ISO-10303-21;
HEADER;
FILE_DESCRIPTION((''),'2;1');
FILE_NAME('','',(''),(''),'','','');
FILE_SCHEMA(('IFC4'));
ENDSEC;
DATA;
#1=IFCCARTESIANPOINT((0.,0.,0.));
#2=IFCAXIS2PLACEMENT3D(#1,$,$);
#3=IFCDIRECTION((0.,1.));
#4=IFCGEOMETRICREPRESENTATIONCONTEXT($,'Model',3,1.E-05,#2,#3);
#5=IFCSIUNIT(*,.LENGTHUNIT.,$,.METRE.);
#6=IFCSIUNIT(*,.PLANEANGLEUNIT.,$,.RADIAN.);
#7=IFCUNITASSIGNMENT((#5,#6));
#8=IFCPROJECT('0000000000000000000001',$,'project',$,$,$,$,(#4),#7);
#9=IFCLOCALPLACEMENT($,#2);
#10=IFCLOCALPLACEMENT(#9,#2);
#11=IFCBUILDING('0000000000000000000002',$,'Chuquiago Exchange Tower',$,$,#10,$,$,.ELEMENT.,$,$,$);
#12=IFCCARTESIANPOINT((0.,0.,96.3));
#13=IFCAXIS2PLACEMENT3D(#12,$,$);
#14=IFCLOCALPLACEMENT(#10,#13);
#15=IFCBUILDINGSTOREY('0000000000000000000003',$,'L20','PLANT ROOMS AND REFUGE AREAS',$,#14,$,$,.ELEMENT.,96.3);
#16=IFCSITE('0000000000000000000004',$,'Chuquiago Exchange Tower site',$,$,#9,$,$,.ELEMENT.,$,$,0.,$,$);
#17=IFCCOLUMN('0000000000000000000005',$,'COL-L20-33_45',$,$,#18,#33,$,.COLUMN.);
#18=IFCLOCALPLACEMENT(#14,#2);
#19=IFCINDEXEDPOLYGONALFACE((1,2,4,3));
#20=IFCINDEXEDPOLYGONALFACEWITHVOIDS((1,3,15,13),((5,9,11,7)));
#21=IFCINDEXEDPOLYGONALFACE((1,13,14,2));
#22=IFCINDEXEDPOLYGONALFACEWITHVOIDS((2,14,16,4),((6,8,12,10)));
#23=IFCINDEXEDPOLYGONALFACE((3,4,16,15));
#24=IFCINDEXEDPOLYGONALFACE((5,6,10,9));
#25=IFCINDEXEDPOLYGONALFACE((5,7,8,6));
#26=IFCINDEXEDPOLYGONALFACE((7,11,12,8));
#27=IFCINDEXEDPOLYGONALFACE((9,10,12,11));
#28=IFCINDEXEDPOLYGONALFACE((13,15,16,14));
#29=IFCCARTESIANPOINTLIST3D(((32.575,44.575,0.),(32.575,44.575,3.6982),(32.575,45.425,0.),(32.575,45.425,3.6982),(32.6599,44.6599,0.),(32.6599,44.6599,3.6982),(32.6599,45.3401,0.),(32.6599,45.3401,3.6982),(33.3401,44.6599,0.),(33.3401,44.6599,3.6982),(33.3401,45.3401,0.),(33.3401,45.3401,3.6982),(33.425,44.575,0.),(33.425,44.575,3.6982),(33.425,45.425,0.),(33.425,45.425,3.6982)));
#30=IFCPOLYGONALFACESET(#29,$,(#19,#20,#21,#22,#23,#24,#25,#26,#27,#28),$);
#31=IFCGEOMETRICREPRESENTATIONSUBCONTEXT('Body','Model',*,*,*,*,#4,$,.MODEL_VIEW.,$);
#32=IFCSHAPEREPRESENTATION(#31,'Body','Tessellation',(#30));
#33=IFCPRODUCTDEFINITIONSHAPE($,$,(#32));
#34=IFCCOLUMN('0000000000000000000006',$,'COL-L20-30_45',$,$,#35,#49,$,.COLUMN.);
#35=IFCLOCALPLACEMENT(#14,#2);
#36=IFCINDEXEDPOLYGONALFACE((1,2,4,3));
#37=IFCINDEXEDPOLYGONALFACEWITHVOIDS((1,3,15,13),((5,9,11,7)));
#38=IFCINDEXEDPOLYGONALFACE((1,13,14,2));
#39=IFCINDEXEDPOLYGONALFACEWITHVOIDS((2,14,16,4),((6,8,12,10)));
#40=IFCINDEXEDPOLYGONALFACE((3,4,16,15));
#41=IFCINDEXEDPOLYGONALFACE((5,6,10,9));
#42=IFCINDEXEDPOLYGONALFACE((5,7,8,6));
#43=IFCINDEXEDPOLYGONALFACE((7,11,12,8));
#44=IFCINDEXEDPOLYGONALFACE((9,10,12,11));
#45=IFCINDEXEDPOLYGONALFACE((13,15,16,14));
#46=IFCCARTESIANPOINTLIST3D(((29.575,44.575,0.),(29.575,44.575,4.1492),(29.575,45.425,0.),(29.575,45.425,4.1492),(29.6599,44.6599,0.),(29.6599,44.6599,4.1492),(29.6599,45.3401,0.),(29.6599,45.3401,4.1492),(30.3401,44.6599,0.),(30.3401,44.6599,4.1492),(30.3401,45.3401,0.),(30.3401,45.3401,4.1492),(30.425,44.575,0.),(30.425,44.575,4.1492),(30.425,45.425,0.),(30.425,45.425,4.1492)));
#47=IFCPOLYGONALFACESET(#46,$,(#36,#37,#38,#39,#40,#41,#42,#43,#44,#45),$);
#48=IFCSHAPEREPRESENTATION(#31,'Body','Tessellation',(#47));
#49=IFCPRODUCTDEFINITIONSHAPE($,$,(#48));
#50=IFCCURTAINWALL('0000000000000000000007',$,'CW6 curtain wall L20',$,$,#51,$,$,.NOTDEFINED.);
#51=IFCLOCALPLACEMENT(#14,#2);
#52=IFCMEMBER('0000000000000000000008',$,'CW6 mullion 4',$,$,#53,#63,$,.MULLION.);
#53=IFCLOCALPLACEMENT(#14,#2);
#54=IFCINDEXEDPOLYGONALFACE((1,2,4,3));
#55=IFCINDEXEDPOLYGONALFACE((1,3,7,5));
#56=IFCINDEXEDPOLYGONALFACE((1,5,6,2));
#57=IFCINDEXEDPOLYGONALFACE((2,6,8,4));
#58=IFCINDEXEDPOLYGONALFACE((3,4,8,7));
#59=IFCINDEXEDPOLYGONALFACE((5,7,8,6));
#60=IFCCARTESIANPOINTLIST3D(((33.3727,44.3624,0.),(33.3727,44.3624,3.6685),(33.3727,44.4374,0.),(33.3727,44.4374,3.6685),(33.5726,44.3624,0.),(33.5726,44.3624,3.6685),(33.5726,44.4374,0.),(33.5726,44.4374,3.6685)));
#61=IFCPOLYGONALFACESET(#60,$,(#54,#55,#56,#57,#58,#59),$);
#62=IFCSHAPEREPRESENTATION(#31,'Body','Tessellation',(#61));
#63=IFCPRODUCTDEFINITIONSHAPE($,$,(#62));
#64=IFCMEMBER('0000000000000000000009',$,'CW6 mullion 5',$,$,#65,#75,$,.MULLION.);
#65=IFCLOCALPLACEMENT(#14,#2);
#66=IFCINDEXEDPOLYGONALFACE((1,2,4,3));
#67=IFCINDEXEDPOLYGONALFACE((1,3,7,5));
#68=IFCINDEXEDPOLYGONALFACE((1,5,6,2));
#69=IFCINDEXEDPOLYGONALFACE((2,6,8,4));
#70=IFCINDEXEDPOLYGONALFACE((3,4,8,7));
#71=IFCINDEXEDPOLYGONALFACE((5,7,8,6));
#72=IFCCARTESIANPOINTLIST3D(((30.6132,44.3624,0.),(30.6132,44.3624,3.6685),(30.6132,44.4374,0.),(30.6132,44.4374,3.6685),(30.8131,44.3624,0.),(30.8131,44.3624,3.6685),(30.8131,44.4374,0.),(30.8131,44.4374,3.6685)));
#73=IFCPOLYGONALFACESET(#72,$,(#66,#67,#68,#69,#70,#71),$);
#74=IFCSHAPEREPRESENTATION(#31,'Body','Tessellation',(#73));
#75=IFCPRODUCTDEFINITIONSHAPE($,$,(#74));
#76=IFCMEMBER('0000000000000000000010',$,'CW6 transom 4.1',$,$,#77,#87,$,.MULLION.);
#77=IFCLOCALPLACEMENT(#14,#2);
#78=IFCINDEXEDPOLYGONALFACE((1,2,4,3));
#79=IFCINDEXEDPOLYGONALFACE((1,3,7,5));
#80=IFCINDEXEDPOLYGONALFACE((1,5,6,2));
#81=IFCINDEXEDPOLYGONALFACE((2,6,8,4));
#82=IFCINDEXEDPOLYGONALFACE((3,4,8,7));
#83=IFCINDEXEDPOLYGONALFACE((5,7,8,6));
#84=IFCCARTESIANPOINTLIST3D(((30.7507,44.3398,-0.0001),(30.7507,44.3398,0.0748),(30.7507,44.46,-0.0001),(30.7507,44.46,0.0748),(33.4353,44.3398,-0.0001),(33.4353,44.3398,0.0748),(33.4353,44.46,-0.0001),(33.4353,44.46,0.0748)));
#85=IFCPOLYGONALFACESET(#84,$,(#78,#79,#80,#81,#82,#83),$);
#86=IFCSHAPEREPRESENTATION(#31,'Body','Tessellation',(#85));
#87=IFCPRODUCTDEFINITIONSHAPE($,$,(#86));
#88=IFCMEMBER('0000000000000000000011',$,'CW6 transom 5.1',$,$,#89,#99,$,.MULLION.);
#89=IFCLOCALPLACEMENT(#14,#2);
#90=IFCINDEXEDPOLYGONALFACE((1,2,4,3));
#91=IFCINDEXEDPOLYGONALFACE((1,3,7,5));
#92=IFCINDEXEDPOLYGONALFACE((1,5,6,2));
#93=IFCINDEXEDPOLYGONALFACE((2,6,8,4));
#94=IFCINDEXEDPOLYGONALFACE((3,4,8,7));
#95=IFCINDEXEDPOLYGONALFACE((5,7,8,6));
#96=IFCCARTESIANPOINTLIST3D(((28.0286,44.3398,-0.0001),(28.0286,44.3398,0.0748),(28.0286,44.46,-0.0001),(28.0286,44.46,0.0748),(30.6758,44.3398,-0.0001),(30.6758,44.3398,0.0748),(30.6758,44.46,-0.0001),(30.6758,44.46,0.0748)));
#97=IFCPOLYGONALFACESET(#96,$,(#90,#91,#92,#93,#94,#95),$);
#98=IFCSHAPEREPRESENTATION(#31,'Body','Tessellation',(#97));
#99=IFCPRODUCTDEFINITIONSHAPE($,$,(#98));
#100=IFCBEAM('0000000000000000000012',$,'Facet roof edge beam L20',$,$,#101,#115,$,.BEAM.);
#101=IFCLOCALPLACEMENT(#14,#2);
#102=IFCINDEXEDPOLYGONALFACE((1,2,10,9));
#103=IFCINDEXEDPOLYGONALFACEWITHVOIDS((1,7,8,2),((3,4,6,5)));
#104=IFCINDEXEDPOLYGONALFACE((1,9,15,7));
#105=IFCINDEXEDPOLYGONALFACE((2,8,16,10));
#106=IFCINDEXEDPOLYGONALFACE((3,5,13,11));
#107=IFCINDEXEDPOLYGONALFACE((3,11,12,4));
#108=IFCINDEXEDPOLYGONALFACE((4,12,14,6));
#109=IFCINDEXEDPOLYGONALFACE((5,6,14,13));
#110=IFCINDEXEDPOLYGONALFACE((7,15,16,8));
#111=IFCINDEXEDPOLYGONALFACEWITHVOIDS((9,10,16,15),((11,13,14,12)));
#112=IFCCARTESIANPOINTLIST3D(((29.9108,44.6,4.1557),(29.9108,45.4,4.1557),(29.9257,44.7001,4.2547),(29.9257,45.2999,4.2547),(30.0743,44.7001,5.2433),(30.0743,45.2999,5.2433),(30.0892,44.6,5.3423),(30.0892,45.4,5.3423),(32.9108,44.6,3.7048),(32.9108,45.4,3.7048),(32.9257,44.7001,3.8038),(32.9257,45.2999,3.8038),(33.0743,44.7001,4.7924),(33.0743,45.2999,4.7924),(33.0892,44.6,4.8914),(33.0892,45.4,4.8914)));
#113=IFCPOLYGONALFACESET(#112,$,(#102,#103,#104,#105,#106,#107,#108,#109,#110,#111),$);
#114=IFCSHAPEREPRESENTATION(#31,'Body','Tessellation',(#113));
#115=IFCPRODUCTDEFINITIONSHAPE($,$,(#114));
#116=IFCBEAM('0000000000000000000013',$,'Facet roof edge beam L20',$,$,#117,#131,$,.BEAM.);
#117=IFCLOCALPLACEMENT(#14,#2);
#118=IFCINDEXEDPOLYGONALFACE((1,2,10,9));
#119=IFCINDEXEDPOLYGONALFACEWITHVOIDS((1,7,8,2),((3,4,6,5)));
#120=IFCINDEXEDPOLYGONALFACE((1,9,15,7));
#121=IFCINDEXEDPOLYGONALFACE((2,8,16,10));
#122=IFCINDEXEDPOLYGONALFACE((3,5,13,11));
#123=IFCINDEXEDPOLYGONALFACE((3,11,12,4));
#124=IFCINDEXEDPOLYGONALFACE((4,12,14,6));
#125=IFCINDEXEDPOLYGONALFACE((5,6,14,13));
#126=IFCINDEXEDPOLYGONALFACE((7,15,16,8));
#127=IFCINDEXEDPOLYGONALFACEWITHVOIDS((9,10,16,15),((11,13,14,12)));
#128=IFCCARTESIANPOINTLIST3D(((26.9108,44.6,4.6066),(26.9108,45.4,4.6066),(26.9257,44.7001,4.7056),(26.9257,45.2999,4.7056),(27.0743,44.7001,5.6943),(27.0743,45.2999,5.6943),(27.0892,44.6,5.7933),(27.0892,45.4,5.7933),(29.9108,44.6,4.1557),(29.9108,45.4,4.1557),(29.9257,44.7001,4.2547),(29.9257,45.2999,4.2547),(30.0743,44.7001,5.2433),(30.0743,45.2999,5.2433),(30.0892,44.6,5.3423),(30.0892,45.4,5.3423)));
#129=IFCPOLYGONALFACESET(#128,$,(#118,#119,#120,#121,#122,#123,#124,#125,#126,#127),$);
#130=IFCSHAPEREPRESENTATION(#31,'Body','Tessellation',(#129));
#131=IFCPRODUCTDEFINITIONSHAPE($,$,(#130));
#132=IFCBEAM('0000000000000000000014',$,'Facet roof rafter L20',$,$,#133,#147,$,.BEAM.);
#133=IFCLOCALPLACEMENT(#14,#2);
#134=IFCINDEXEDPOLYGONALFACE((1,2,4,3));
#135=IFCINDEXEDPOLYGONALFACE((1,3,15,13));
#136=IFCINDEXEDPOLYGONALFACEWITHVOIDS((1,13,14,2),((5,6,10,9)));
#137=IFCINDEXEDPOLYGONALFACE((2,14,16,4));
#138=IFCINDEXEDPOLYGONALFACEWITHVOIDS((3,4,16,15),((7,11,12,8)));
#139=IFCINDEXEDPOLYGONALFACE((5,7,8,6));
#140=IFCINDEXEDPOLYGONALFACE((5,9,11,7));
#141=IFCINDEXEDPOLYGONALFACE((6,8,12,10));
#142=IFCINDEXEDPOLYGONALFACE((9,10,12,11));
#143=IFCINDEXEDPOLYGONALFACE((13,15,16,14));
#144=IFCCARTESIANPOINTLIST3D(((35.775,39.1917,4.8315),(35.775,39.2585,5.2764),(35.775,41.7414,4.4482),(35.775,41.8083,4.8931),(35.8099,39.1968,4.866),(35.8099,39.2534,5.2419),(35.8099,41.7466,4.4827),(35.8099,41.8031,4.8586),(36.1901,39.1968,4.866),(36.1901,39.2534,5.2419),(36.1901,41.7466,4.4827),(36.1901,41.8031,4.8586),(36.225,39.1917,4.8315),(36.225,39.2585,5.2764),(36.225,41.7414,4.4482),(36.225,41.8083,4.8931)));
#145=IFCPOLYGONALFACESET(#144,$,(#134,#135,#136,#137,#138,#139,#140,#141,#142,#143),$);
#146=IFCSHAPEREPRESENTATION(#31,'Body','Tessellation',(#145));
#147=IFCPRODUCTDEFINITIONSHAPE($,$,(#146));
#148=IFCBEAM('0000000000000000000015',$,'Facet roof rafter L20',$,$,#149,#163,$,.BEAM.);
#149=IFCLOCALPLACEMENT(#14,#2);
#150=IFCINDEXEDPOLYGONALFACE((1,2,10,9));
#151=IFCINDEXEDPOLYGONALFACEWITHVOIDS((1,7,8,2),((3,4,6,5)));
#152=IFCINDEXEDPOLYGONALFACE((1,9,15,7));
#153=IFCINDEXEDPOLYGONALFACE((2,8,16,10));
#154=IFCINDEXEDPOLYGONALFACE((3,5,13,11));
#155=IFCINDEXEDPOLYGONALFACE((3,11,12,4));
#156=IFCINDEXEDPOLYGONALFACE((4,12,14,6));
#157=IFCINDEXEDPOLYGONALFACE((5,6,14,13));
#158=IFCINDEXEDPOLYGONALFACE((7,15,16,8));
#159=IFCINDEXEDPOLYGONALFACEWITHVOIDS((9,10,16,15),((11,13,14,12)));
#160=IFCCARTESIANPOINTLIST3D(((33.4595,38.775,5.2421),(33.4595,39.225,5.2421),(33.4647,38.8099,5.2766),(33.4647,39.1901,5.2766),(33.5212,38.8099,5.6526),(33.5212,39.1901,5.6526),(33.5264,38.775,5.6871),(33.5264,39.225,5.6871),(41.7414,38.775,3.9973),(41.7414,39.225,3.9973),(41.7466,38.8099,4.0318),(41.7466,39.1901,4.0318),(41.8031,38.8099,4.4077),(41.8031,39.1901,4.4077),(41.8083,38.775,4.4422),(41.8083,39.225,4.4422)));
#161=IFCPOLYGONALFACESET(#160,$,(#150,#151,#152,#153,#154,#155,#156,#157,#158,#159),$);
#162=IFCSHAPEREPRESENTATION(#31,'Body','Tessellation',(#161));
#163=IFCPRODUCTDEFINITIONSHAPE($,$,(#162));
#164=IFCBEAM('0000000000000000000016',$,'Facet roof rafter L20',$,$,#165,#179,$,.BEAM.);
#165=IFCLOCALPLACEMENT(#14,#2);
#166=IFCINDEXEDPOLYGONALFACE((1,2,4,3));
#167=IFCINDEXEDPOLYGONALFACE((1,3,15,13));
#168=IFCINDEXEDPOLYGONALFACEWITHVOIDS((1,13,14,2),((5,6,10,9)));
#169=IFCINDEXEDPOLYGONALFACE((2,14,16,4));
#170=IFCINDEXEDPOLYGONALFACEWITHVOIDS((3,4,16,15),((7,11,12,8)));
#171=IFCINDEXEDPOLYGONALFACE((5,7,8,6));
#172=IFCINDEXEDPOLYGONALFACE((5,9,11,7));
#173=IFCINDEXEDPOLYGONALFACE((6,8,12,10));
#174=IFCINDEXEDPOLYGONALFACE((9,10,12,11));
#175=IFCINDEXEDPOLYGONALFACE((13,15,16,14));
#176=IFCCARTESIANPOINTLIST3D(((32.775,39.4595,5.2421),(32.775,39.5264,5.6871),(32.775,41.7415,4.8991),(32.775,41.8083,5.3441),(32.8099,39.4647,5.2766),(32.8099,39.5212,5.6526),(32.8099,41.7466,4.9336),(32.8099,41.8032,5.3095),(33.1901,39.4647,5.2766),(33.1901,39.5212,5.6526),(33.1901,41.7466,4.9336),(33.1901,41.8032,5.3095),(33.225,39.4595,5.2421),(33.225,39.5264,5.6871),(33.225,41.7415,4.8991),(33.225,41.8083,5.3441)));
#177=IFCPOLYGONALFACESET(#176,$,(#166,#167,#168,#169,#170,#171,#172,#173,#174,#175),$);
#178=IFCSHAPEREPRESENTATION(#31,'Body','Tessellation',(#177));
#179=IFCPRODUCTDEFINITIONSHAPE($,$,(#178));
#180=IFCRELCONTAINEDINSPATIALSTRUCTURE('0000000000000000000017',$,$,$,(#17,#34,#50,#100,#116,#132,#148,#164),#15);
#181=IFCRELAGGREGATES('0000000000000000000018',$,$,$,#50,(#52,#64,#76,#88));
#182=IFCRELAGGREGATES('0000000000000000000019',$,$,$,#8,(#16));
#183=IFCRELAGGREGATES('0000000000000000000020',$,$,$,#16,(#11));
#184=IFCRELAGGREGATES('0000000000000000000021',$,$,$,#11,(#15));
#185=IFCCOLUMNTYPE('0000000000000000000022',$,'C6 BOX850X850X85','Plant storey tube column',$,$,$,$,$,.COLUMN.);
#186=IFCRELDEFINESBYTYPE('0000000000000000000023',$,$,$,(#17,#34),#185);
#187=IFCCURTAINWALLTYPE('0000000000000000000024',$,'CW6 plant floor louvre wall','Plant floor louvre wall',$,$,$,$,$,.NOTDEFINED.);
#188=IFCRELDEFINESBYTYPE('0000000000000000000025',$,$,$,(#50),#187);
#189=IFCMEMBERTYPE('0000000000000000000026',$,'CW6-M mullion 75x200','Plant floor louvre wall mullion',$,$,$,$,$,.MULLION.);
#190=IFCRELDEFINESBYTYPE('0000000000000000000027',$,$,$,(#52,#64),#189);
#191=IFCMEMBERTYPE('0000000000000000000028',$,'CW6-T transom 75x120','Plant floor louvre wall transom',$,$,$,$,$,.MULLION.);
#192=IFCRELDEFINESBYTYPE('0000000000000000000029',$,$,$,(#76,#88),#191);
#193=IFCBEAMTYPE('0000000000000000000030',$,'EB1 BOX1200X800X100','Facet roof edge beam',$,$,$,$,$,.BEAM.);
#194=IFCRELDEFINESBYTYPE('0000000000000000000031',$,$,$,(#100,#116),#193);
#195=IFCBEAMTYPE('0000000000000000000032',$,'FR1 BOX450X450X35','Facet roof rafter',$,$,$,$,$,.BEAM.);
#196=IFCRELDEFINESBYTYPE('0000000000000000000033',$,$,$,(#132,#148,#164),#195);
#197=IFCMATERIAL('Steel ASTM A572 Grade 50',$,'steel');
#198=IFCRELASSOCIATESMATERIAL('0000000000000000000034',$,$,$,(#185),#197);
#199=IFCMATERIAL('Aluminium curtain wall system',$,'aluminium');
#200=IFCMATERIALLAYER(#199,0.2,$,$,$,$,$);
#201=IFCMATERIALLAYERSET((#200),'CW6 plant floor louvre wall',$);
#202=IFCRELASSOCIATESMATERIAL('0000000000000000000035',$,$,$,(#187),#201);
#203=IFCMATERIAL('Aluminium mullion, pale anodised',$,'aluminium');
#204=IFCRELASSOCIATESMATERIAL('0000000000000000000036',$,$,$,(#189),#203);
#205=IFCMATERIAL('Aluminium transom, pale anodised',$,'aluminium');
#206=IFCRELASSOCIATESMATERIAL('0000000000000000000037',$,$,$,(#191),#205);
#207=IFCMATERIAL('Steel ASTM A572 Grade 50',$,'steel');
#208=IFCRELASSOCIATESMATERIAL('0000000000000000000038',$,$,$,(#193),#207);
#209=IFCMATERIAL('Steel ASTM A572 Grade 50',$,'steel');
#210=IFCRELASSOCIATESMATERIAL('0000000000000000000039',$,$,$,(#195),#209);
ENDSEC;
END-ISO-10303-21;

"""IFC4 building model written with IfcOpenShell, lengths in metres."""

from ifc_helpers import new_model, si_unit, direction, frame, origin, origin_2d, place, context, subcontext, project, spatial, rectangle, hollow_rectangle, extrude, material, layer, layer_set, material_profile, profile_set, type_object, element, aggregate, save


model = new_model("IFC4")

# Units and contexts
model_context = context("Model", 3, precision=1e-05, world=origin(), true_north=direction((0.0, 1.0)))
body_context = subcontext(model_context, "Body", "Model", "MODEL_VIEW")
ifc_project = project(units=[si_unit("LENGTHUNIT", "METRE"), si_unit("PLANEANGLEUNIT", "RADIAN")], contexts=[model_context])

# Site, building, storey
site_placement = place(None, origin())
site = spatial("IfcSite", under=ifc_project, at=site_placement, Name="Chuquiago Exchange Tower site", CompositionType="ELEMENT", RefElevation=0.0)
building_placement = place(site_placement, origin())
building = spatial("IfcBuilding", under=site, at=building_placement, Name="Chuquiago Exchange Tower", CompositionType="ELEMENT")
storey_placement = place(building_placement, frame((0.0, 0.0, 96.3)))
storey = spatial("IfcBuildingStorey", under=building, at=storey_placement, Name="L20", Description="PLANT ROOMS AND REFUGE AREAS", CompositionType="ELEMENT", Elevation=96.3)

# Columns
ifc_material_1 = material(Name="Steel ASTM A572 Grade 50", Category="steel")
ifc_material_profile_1 = material_profile(ifc_material_1, hollow_rectangle(XDim=0.8501, YDim=0.8501, WallThickness=0.085, at=origin_2d()), Name="BOX850X850X85")
ifc_profile_set_1 = profile_set([ifc_material_profile_1], Name="Steel ASTM A572 Grade 50")
column_type = type_object("IfcColumnType", Name="C6 BOX850X850X85", Description="Plant storey tube column", PredefinedType="COLUMN", material=ifc_profile_set_1)
column_1_placement = place(storey_placement, frame((33.0, 45.0, 0.0), z_axis=(0.0, 0.0, 1.0), x_axis=(0.0, 1.0, 0.0)))
element("IfcColumn", 1, at=column_1_placement, inside=storey, type_object=column_type, Name="COL-L20-33_45", PredefinedType="COLUMN", context=body_context, shape_type="SweptSolid", body=[
    extrude(hollow_rectangle(XDim=0.8501, YDim=0.8501, WallThickness=0.085, at=origin_2d()), origin(), (0.0, 0.0, 1.0), 3.6982),
])
column_2_placement = place(storey_placement, frame((30.0, 45.0, 0.0), z_axis=(0.0, 0.0, 1.0), x_axis=(0.0, 1.0, 0.0)))
element("IfcColumn", 2, at=column_2_placement, inside=storey, type_object=column_type, Name="COL-L20-30_45", PredefinedType="COLUMN", context=body_context, shape_type="SweptSolid", body=[
    extrude(hollow_rectangle(XDim=0.8501, YDim=0.8501, WallThickness=0.085, at=origin_2d()), origin(), (0.0, 0.0, 1.0), 4.1492),
])

# Curtain wall, members
ifc_material_2 = material(Name="Aluminium curtain wall system", Category="aluminium")
ifc_layer_1 = layer(ifc_material_2, 0.2)
ifc_layer_set_1 = layer_set([ifc_layer_1], Name="CW6 plant floor louvre wall")
curtain_wall_type = type_object("IfcCurtainWallType", Name="CW6 plant floor louvre wall", Description="Plant floor louvre wall", PredefinedType="NOTDEFINED", material=ifc_layer_set_1)
curtain_wall_placement = place(storey_placement, origin())
curtain_wall = element("IfcCurtainWall", 3, at=curtain_wall_placement, inside=storey, type_object=curtain_wall_type, Name="CW6 curtain wall L20", PredefinedType="NOTDEFINED")
ifc_material_3 = material(Name="Aluminium mullion, pale anodised", Category="aluminium")
ifc_material_profile_2 = material_profile(ifc_material_3, rectangle(XDim=0.075, YDim=0.2, at=origin_2d()), Name="AL 75x200")
ifc_profile_set_2 = profile_set([ifc_material_profile_2], Name="Aluminium mullion, pale anodised")
member_type_1 = type_object("IfcMemberType", Name="CW6-M mullion 75x200", Description="Plant floor louvre wall mullion", PredefinedType="MULLION", material=ifc_profile_set_2)
member_1_placement = place(storey_placement, frame((33.4727, 44.3999, 0.0), z_axis=(0.0, 0.0, 1.0), x_axis=(0.0, -1.0, 0.0)))
member_1 = element("IfcMember", 4, at=member_1_placement, type_object=member_type_1, Name="CW6 mullion 4", PredefinedType="MULLION", context=body_context, shape_type="SweptSolid", body=[
    extrude(rectangle(XDim=0.075, YDim=0.2, at=origin_2d()), origin(), (0.0, 0.0, 1.0), 3.6685),
])
member_2_placement = place(storey_placement, frame((30.7131, 44.3999, 0.0), z_axis=(0.0, 0.0, 1.0), x_axis=(0.0, -1.0, 0.0)))
member_2 = element("IfcMember", 5, at=member_2_placement, type_object=member_type_1, Name="CW6 mullion 5", PredefinedType="MULLION", context=body_context, shape_type="SweptSolid", body=[
    extrude(rectangle(XDim=0.075, YDim=0.2, at=origin_2d()), origin(), (0.0, 0.0, 1.0), 3.6685),
])
ifc_material_4 = material(Name="Aluminium transom, pale anodised", Category="aluminium")
ifc_material_profile_3 = material_profile(ifc_material_4, rectangle(XDim=0.1201, YDim=0.075, at=origin_2d()), Name="AL 120x75")
ifc_profile_set_3 = profile_set([ifc_material_profile_3], Name="Aluminium transom, pale anodised")
member_type_2 = type_object("IfcMemberType", Name="CW6-T transom 75x120", Description="Plant floor louvre wall transom", PredefinedType="MULLION", material=ifc_profile_set_3)
member_3_placement = place(storey_placement, frame((33.4353, 44.3999, 0.0374), z_axis=(-1.0, 0.0, 0.0), x_axis=(0.0, -1.0, 0.0)))
member_3 = element("IfcMember", 6, at=member_3_placement, type_object=member_type_2, Name="CW6 transom 4.1", PredefinedType="MULLION", context=body_context, shape_type="SweptSolid", body=[
    extrude(rectangle(XDim=0.1201, YDim=0.075, at=origin_2d()), origin(), (0.0, 0.0, 1.0), 2.6846),
])
member_4_placement = place(storey_placement, frame((30.6758, 44.3999, 0.0374), z_axis=(-1.0, 0.0, 0.0), x_axis=(0.0, -1.0, 0.0)))
member_4 = element("IfcMember", 7, at=member_4_placement, type_object=member_type_2, Name="CW6 transom 5.1", PredefinedType="MULLION", context=body_context, shape_type="SweptSolid", body=[
    extrude(rectangle(XDim=0.1201, YDim=0.075, at=origin_2d()), origin(), (0.0, 0.0, 1.0), 2.6472),
])

# Beams
ifc_material_5 = material(Name="Steel ASTM A572 Grade 50", Category="steel")
ifc_material_profile_4 = material_profile(ifc_material_5, hollow_rectangle(XDim=0.8, YDim=1.2, WallThickness=0.1001, at=origin_2d()), Name="BOX1200X800X100")
ifc_profile_set_4 = profile_set([ifc_material_profile_4], Name="Steel ASTM A572 Grade 50")
beam_type_1 = type_object("IfcBeamType", Name="EB1 BOX1200X800X100", Description="Facet roof edge beam", PredefinedType="BEAM", material=ifc_profile_set_4)
for number, where, z_axis, x_axis, name in (
    (8, (33.0, 45.0, 4.2981), (-0.988891, 0.0, 0.14864), (0.0, -1.0, 0.0), "Facet roof edge beam L20"),
    (9, (30.0, 45.0, 4.749), (-0.988891, 0.0, 0.14864), (0.0, -1.0, 0.0), "Facet roof edge beam L20"),
):
    element("IfcBeam", number, at=place(storey_placement, frame(where, z_axis=z_axis, x_axis=x_axis)), inside=storey, type_object=beam_type_1, Name=name, PredefinedType="BEAM", context=body_context, shape_type="SweptSolid", body=[
        extrude(hollow_rectangle(XDim=0.8, YDim=1.2, WallThickness=0.1001, at=origin_2d()), origin(), (0.0, 0.0, 1.0), 3.0337),
    ])
ifc_material_6 = material(Name="Steel ASTM A572 Grade 50", Category="steel")
ifc_material_profile_5 = material_profile(ifc_material_6, hollow_rectangle(XDim=0.45, YDim=0.45, WallThickness=0.0349, at=origin_2d()), Name="BOX450X450X35")
ifc_profile_set_5 = profile_set([ifc_material_profile_5], Name="Steel ASTM A572 Grade 50")
beam_type_2 = type_object("IfcBeamType", Name="FR1 BOX450X450X35", Description="Facet roof rafter", PredefinedType="BEAM", material=ifc_profile_set_5)
beam_1_placement = place(storey_placement, frame((36.0, 39.2251, 5.054), z_axis=(0.0, 0.988889, -0.148655), x_axis=(-1.0, 0.0, 0.0)))
element("IfcBeam", 10, at=beam_1_placement, inside=storey, type_object=beam_type_2, Name="Facet roof rafter L20", PredefinedType="BEAM", context=body_context, shape_type="SweptSolid", body=[
    extrude(hollow_rectangle(XDim=0.45, YDim=0.45, WallThickness=0.0349, at=origin_2d()), origin(), (0.0, 0.0, 1.0), 2.5784),
])
beam_2_placement = place(storey_placement, frame((33.4929, 39.0, 5.4646), z_axis=(0.988891, 0.0, -0.148641), x_axis=(0.0, 1.0, 0.0)))
element("IfcBeam", 11, at=beam_2_placement, inside=storey, type_object=beam_type_2, Name="Facet roof rafter L20", PredefinedType="BEAM", context=body_context, shape_type="SweptSolid", body=[
    extrude(hollow_rectangle(XDim=0.45, YDim=0.45, WallThickness=0.0349, at=origin_2d()), origin(), (0.0, 0.0, 1.0), 8.375),
])
beam_3_placement = place(storey_placement, frame((33.0, 39.4929, 5.4646), z_axis=(0.0, 0.988891, -0.148646), x_axis=(-1.0, 0.0, 0.0)))
element("IfcBeam", 12, at=beam_3_placement, inside=storey, type_object=beam_type_2, Name="Facet roof rafter L20", PredefinedType="BEAM", context=body_context, shape_type="SweptSolid", body=[
    extrude(hollow_rectangle(XDim=0.45, YDim=0.45, WallThickness=0.0349, at=origin_2d()), origin(), (0.0, 0.0, 1.0), 2.3076),
])

aggregate(curtain_wall, [member_1, member_2, member_3, member_4])

save(model, "model.ifc")
